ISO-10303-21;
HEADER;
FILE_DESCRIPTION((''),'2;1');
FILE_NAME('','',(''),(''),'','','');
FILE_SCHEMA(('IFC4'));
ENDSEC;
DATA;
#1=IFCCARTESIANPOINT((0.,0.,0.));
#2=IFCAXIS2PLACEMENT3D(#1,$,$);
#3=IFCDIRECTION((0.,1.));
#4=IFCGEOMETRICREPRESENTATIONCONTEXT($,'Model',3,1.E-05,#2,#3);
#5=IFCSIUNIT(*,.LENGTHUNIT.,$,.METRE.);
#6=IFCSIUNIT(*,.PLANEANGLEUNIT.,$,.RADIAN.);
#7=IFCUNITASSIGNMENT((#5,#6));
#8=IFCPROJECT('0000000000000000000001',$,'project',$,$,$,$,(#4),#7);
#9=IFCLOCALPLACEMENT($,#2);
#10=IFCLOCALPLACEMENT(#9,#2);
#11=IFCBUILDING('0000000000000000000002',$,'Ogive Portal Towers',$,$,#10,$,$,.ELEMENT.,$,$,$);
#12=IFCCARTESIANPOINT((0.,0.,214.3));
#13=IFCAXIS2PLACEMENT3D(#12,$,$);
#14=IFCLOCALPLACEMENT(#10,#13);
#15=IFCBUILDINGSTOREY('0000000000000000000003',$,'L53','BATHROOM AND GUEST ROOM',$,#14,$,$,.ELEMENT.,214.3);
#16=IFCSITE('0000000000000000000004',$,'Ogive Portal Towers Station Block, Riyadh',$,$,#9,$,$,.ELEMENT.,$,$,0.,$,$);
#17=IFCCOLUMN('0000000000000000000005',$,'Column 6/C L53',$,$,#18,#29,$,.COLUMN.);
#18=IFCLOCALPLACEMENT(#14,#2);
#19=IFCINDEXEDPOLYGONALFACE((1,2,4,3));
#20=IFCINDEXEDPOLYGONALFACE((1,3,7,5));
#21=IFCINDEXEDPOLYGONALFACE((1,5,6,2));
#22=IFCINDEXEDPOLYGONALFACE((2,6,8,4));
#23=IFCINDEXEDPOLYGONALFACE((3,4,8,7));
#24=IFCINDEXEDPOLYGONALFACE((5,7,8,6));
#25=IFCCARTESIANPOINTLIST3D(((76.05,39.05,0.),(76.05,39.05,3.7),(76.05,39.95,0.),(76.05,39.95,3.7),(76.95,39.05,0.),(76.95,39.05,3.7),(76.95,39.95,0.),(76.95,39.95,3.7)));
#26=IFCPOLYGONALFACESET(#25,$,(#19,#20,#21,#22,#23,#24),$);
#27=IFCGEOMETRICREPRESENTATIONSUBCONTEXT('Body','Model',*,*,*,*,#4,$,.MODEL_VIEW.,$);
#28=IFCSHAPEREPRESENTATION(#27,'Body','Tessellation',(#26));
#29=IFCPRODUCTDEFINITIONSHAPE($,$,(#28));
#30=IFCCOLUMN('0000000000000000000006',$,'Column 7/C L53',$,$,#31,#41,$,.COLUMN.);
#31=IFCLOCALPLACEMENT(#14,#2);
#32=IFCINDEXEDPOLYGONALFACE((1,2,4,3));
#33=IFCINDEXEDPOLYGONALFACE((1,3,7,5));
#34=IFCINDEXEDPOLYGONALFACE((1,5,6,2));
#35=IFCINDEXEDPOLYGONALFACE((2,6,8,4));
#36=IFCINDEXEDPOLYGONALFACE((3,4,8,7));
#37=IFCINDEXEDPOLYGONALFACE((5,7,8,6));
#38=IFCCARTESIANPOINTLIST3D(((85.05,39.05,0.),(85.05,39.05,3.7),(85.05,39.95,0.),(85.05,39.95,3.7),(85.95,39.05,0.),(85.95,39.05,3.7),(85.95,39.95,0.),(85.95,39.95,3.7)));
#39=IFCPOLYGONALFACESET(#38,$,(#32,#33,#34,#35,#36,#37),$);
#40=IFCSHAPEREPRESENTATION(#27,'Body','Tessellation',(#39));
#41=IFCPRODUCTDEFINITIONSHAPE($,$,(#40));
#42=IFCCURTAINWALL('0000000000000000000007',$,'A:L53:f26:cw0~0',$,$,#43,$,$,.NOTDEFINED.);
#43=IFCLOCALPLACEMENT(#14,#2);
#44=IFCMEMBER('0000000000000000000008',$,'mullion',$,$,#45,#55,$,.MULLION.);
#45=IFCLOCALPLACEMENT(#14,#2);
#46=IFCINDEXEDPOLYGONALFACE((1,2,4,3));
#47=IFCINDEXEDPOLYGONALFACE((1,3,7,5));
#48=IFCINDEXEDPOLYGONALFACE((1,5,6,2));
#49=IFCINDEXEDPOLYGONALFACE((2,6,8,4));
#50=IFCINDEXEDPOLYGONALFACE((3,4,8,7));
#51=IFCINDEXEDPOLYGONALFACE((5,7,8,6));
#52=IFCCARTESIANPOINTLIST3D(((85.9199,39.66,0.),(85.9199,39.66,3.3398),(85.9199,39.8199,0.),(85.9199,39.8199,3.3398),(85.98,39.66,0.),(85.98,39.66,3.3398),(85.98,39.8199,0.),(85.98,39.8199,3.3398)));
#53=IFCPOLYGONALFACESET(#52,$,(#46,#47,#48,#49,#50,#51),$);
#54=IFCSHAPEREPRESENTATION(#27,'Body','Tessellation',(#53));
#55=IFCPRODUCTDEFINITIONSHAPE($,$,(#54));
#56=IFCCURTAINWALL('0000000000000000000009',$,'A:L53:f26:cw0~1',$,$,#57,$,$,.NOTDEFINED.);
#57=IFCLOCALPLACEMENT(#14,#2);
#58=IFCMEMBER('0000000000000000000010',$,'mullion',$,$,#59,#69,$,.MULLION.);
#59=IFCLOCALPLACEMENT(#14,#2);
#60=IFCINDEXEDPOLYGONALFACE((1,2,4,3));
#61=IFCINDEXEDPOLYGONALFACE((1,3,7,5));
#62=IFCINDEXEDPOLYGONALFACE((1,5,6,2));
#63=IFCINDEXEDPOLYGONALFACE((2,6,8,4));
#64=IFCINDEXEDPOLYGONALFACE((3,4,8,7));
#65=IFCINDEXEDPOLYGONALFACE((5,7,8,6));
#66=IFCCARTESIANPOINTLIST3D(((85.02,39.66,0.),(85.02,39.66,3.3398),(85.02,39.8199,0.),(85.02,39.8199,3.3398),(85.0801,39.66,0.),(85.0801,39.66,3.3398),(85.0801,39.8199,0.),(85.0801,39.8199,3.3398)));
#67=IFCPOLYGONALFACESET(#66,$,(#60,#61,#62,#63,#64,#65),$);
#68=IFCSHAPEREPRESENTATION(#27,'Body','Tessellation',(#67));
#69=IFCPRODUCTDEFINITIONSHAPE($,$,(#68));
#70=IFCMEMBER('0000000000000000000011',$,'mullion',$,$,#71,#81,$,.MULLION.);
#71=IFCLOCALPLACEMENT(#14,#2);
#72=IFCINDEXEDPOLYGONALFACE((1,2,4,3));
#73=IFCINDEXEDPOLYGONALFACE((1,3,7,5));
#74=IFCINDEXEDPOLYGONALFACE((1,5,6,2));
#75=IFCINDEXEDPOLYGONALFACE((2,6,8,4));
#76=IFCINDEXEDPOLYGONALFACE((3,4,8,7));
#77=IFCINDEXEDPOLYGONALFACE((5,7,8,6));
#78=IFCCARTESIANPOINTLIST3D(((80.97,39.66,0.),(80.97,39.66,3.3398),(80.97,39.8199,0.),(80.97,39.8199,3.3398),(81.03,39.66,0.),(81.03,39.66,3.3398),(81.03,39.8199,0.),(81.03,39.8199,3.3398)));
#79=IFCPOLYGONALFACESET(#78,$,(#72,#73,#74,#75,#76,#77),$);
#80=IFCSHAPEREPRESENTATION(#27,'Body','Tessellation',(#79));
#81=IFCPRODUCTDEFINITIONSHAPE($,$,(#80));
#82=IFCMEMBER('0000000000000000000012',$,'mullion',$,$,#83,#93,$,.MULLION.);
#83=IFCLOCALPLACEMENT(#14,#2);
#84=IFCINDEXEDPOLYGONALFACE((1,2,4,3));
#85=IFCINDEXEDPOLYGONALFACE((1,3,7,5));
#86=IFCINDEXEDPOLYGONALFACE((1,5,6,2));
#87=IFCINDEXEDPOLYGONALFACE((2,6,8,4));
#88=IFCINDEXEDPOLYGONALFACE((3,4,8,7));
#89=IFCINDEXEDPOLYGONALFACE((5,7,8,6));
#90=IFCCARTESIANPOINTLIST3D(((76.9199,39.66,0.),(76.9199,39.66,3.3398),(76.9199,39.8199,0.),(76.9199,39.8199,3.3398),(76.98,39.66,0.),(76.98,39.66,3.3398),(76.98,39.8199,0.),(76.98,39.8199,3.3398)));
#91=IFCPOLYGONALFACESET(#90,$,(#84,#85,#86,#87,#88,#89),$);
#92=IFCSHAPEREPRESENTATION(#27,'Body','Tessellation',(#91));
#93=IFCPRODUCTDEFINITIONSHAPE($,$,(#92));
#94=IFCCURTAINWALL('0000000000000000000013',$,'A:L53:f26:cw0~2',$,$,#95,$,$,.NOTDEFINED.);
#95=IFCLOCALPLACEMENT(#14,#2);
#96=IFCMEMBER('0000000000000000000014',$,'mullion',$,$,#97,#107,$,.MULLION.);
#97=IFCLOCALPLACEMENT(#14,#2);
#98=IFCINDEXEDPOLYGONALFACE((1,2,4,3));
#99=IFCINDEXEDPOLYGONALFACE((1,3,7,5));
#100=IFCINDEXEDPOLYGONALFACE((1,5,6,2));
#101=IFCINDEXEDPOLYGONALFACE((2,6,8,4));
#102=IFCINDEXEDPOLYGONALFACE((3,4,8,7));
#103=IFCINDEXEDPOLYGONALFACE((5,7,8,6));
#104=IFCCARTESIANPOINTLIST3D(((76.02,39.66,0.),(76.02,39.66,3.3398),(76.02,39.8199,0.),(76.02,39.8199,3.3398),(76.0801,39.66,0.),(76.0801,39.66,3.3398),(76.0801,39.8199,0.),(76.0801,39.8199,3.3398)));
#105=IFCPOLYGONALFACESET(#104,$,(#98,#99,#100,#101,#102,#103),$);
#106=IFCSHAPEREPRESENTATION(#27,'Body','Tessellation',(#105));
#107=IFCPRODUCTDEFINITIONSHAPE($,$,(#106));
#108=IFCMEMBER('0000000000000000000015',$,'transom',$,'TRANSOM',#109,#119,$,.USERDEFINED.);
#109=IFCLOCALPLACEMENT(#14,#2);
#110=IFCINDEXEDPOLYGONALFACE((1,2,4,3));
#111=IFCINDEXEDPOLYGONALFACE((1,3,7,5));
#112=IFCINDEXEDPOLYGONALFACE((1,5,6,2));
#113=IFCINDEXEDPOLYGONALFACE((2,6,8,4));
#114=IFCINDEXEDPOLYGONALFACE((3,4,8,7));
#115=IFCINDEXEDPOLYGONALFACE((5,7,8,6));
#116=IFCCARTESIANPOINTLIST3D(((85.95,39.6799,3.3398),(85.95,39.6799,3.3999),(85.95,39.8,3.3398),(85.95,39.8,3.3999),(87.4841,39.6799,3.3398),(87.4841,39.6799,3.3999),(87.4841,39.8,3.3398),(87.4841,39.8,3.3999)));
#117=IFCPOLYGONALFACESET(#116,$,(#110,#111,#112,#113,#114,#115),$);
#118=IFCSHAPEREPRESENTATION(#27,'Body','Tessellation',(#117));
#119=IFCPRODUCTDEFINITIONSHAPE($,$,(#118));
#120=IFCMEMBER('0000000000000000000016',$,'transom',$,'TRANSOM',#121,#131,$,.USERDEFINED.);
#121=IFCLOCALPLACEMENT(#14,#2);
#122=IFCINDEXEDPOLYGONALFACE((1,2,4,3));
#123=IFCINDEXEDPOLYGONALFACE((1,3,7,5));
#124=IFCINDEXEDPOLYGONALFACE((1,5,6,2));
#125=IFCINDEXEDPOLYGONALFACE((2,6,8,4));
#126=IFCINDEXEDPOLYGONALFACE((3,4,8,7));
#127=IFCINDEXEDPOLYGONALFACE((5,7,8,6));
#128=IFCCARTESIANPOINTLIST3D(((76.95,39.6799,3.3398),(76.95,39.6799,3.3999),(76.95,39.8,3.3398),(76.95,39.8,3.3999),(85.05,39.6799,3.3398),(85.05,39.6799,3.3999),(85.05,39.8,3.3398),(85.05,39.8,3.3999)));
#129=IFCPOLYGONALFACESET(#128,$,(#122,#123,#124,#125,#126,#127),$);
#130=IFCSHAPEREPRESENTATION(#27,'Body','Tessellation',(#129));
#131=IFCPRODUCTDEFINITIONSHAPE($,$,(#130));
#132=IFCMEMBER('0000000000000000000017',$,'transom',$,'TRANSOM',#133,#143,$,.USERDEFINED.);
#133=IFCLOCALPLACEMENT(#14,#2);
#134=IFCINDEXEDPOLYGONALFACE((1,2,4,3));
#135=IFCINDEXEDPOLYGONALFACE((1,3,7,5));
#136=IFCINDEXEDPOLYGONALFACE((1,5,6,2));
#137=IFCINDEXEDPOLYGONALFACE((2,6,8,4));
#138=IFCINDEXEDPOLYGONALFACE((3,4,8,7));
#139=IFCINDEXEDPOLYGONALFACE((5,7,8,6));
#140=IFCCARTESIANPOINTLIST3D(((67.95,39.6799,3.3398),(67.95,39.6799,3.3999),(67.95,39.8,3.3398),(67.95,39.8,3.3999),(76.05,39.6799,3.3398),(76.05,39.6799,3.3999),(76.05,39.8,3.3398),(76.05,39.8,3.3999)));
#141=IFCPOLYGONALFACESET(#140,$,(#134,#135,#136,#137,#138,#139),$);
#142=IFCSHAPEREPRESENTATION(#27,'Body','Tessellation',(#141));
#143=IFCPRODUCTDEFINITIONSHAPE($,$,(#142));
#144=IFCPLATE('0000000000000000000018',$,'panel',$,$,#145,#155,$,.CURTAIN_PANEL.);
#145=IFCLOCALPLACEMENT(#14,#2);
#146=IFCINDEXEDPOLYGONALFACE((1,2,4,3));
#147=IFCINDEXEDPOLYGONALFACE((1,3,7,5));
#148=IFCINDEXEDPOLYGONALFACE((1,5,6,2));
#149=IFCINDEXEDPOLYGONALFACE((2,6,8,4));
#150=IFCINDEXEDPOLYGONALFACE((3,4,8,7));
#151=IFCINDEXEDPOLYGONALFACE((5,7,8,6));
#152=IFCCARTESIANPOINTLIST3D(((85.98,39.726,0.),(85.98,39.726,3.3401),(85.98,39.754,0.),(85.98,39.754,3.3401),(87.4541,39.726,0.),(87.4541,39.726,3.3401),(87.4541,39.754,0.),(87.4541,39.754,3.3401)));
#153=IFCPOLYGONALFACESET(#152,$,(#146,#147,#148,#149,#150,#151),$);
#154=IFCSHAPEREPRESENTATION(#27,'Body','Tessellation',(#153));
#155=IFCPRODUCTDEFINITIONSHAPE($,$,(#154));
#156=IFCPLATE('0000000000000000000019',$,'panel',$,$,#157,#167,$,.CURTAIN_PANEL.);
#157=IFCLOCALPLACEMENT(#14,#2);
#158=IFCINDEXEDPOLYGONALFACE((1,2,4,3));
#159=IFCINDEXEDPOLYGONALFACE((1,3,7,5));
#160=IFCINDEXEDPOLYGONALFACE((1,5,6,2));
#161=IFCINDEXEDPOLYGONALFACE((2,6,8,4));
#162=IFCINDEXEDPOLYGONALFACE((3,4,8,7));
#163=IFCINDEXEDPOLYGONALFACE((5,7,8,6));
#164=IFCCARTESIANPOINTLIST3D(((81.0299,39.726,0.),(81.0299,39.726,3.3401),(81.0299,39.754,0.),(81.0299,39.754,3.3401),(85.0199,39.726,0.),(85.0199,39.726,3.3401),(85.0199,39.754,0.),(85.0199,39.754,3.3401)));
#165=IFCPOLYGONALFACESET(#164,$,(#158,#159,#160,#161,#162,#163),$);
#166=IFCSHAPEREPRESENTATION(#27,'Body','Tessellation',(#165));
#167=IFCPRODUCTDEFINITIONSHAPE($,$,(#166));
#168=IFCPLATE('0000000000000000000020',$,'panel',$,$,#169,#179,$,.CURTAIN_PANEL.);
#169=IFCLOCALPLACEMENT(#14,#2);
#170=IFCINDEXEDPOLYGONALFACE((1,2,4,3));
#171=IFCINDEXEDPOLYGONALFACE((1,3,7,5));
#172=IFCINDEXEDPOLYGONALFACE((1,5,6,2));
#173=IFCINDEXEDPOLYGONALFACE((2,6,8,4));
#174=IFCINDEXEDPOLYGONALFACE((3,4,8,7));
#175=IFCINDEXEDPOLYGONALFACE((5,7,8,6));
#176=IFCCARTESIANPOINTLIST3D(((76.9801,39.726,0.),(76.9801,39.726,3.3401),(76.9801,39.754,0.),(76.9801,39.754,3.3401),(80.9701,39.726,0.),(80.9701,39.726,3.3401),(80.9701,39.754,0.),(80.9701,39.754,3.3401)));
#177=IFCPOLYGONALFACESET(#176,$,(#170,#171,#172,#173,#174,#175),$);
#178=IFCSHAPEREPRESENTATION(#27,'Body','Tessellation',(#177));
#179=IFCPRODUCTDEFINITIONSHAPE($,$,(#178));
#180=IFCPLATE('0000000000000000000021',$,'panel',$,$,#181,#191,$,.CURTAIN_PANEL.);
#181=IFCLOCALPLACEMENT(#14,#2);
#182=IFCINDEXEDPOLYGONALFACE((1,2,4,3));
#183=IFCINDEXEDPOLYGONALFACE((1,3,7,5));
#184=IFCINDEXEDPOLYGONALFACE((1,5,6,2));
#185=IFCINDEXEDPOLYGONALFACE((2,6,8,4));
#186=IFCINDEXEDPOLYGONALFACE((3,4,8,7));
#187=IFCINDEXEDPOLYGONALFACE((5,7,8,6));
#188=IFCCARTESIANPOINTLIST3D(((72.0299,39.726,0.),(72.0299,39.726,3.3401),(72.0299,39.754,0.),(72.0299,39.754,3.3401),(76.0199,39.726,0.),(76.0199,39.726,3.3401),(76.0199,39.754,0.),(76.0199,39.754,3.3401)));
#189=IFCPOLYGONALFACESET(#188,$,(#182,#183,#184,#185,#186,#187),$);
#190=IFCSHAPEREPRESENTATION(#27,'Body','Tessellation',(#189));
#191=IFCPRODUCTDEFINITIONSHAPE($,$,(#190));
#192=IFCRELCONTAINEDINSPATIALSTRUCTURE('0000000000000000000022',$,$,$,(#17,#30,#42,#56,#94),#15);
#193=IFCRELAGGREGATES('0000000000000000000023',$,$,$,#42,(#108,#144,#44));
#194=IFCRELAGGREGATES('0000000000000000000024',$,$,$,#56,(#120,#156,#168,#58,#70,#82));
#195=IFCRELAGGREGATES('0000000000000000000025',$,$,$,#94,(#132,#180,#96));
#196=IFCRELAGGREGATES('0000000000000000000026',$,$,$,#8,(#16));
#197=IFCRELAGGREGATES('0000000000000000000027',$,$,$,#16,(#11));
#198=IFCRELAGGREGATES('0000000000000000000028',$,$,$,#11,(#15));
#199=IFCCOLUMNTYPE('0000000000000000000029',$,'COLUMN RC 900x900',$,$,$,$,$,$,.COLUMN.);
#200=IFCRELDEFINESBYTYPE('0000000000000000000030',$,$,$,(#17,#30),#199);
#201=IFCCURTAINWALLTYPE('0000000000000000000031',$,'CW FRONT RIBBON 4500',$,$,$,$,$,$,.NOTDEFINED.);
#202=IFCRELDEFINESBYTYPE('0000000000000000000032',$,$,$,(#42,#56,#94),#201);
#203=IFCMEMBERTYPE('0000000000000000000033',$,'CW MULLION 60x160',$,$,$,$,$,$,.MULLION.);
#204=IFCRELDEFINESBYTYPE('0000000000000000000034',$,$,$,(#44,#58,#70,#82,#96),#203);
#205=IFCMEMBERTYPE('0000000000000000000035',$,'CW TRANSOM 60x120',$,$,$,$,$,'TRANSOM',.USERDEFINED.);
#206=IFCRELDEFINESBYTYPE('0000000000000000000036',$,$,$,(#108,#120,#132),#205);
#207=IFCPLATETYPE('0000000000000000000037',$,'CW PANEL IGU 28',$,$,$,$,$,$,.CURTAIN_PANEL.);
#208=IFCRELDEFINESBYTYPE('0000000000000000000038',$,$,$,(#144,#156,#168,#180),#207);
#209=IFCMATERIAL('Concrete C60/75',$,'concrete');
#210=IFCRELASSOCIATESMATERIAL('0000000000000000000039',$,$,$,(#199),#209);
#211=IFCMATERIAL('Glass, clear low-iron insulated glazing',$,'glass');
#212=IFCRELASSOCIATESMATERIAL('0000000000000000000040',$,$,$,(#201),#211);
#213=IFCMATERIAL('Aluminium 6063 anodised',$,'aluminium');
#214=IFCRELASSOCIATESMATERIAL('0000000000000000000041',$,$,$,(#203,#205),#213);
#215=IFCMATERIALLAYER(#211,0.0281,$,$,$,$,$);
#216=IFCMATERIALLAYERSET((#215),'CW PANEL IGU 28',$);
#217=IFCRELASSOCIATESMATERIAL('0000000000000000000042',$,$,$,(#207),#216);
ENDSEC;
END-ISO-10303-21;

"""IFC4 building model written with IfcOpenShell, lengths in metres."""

from ifc_helpers import new_model, si_unit, direction, frame, origin, origin_2d, place, context, subcontext, project, spatial, rectangle, extrude, material, layer, layer_set, material_profile, profile_set, type_object, element, aggregate, save


model = new_model("IFC4")

# Units and contexts
model_context = context("Model", 3, precision=1e-05, world=origin(), true_north=direction((0.0, 1.0)))
body_context = subcontext(model_context, "Body", "Model", "MODEL_VIEW")
ifc_project = project(units=[si_unit("LENGTHUNIT", "METRE"), si_unit("PLANEANGLEUNIT", "RADIAN")], contexts=[model_context])

# Site, building, storey
site_placement = place(None, origin())
site = spatial("IfcSite", under=ifc_project, at=site_placement, Name="Ogive Portal Towers Station Block, Riyadh", CompositionType="ELEMENT", RefElevation=0.0)
building_placement = place(site_placement, origin())
building = spatial("IfcBuilding", under=site, at=building_placement, Name="Ogive Portal Towers", CompositionType="ELEMENT")
storey_placement = place(building_placement, frame((0.0, 0.0, 214.3)))
storey = spatial("IfcBuildingStorey", under=building, at=storey_placement, Name="L53", Description="BATHROOM AND GUEST ROOM", CompositionType="ELEMENT", Elevation=214.3)

# Columns
ifc_material_1 = material(Name="Concrete C60/75", Category="concrete")
ifc_material_profile_1 = material_profile(ifc_material_1, rectangle(XDim=0.8999, YDim=0.8999, at=origin_2d()), Name="RC 900x900")
ifc_profile_set_1 = profile_set([ifc_material_profile_1], Name="Concrete C60/75")
column_type = type_object("IfcColumnType", Name="COLUMN RC 900x900", PredefinedType="COLUMN", material=ifc_profile_set_1)
for number, where, z_axis, x_axis, name in (
    (1, (76.5, 39.5, 0.0), (0.0, 0.0, 1.0), (1.0, 0.0, 0.0), "Column 6/C L53"),
    (2, (85.5, 39.5, 0.0), (0.0, 0.0, 1.0), (1.0, 0.0, 0.0), "Column 7/C L53"),
):
    element("IfcColumn", number, at=place(storey_placement, frame(where, z_axis=z_axis, x_axis=x_axis)), inside=storey, type_object=column_type, Name=name, PredefinedType="COLUMN", context=body_context, shape_type="SweptSolid", body=[
        extrude(rectangle(XDim=0.8999, YDim=0.8999, at=origin_2d()), origin(), (0.0, 0.0, 1.0), 3.7),
    ])

# Curtain wall, member
ifc_material_2 = material(Name="Glass, clear low-iron insulated glazing", Category="glass")
curtain_wall_type = type_object("IfcCurtainWallType", Name="CW FRONT RIBBON 4500", PredefinedType="NOTDEFINED", material=ifc_material_2)
curtain_wall_1_placement = place(storey_placement, origin())
curtain_wall_1 = element("IfcCurtainWall", 3, at=curtain_wall_1_placement, inside=storey, type_object=curtain_wall_type, Name="A:L53:f26:cw0~0", PredefinedType="NOTDEFINED")
ifc_material_3 = material(Name="Aluminium 6063 anodised", Category="aluminium")
ifc_material_profile_2 = material_profile(ifc_material_3, rectangle(XDim=0.1599, YDim=0.0601, at=origin_2d()), Name="AL 60x160")
ifc_profile_set_2 = profile_set([ifc_material_profile_2], Name="Aluminium 6063 anodised")
member_type_1 = type_object("IfcMemberType", Name="CW MULLION 60x160", PredefinedType="MULLION", material=ifc_profile_set_2)
member_1_placement = place(storey_placement, frame((85.95, 39.74, 0.0), z_axis=(0.0, 0.0, 1.0), x_axis=(0.0, -1.0, 0.0)))
member_1 = element("IfcMember", 4, at=member_1_placement, type_object=member_type_1, Name="mullion", PredefinedType="MULLION", context=body_context, shape_type="SweptSolid", body=[
    extrude(rectangle(XDim=0.1599, YDim=0.0601, at=origin_2d()), origin(), (0.0, 0.0, 1.0), 3.3398),
])

# Curtain wall, members
curtain_wall_2_placement = place(storey_placement, origin())
curtain_wall_2 = element("IfcCurtainWall", 5, at=curtain_wall_2_placement, inside=storey, type_object=curtain_wall_type, Name="A:L53:f26:cw0~1", PredefinedType="NOTDEFINED")
member_2_placement = place(storey_placement, frame((85.05, 39.74, 0.0), z_axis=(0.0, 0.0, 1.0), x_axis=(0.0, -1.0, 0.0)))
member_2 = element("IfcMember", 6, at=member_2_placement, type_object=member_type_1, Name="mullion", PredefinedType="MULLION", context=body_context, shape_type="SweptSolid", body=[
    extrude(rectangle(XDim=0.1599, YDim=0.0601, at=origin_2d()), origin(), (0.0, 0.0, 1.0), 3.3398),
])
member_3_placement = place(storey_placement, frame((81.0, 39.74, 0.0), z_axis=(0.0, 0.0, 1.0), x_axis=(0.0, -1.0, 0.0)))
member_3 = element("IfcMember", 7, at=member_3_placement, type_object=member_type_1, Name="mullion", PredefinedType="MULLION", context=body_context, shape_type="SweptSolid", body=[
    extrude(rectangle(XDim=0.1599, YDim=0.0601, at=origin_2d()), origin(), (0.0, 0.0, 1.0), 3.3398),
])
member_4_placement = place(storey_placement, frame((76.95, 39.74, 0.0), z_axis=(0.0, 0.0, 1.0), x_axis=(0.0, -1.0, 0.0)))
member_4 = element("IfcMember", 8, at=member_4_placement, type_object=member_type_1, Name="mullion", PredefinedType="MULLION", context=body_context, shape_type="SweptSolid", body=[
    extrude(rectangle(XDim=0.1599, YDim=0.0601, at=origin_2d()), origin(), (0.0, 0.0, 1.0), 3.3398),
])

# Curtain wall, member
curtain_wall_3_placement = place(storey_placement, origin())
curtain_wall_3 = element("IfcCurtainWall", 9, at=curtain_wall_3_placement, inside=storey, type_object=curtain_wall_type, Name="A:L53:f26:cw0~2", PredefinedType="NOTDEFINED")
member_5_placement = place(storey_placement, frame((76.05, 39.74, 0.0), z_axis=(0.0, 0.0, 1.0), x_axis=(0.0, -1.0, 0.0)))
member_5 = element("IfcMember", 10, at=member_5_placement, type_object=member_type_1, Name="mullion", PredefinedType="MULLION", context=body_context, shape_type="SweptSolid", body=[
    extrude(rectangle(XDim=0.1599, YDim=0.0601, at=origin_2d()), origin(), (0.0, 0.0, 1.0), 3.3398),
])

# Members
ifc_material_profile_3 = material_profile(ifc_material_3, rectangle(XDim=0.1201, YDim=0.0601, at=origin_2d()), Name="AL 120x60")
ifc_profile_set_3 = profile_set([ifc_material_profile_3], Name="Aluminium 6063 anodised")
member_type_2 = type_object("IfcMemberType", Name="CW TRANSOM 60x120", ElementType="TRANSOM", PredefinedType="USERDEFINED", material=ifc_profile_set_3)
member_6_placement = place(storey_placement, frame((87.4841, 39.74, 3.3699), z_axis=(-1.0, 0.0, 0.0), x_axis=(0.0, -1.0, 0.0)))
member_6 = element("IfcMember", 11, at=member_6_placement, type_object=member_type_2, Name="transom", ObjectType="TRANSOM", PredefinedType="USERDEFINED", context=body_context, shape_type="SweptSolid", body=[
    extrude(rectangle(XDim=0.1201, YDim=0.0601, at=origin_2d()), origin(), (0.0, 0.0, 1.0), 1.5342),
])
member_7_placement = place(storey_placement, frame((85.05, 39.74, 3.3699), z_axis=(-1.0, 0.0, 0.0), x_axis=(0.0, -1.0, 0.0)))
member_7 = element("IfcMember", 12, at=member_7_placement, type_object=member_type_2, Name="transom", ObjectType="TRANSOM", PredefinedType="USERDEFINED", context=body_context, shape_type="SweptSolid", body=[
    extrude(rectangle(XDim=0.1201, YDim=0.0601, at=origin_2d()), origin(), (0.0, 0.0, 1.0), 8.1001),
])
member_8_placement = place(storey_placement, frame((76.05, 39.74, 3.3699), z_axis=(-1.0, 0.0, 0.0), x_axis=(0.0, -1.0, 0.0)))
member_8 = element("IfcMember", 13, at=member_8_placement, type_object=member_type_2, Name="transom", ObjectType="TRANSOM", PredefinedType="USERDEFINED", context=body_context, shape_type="SweptSolid", body=[
    extrude(rectangle(XDim=0.1201, YDim=0.0601, at=origin_2d()), origin(), (0.0, 0.0, 1.0), 8.1001),
])

# Plates
ifc_layer_1 = layer(ifc_material_2, 0.0281)
ifc_layer_set_1 = layer_set([ifc_layer_1], Name="CW PANEL IGU 28")
plate_type = type_object("IfcPlateType", Name="CW PANEL IGU 28", PredefinedType="CURTAIN_PANEL", material=ifc_layer_set_1)
plate_1_placement = place(storey_placement, frame((86.717, 39.74, 0.0), z_axis=(0.0, 0.0, 1.0), x_axis=(-1.0, 0.0, 0.0)))
plate_1 = element("IfcPlate", 14, at=plate_1_placement, type_object=plate_type, Name="panel", PredefinedType="CURTAIN_PANEL", context=body_context, shape_type="SweptSolid", body=[
    extrude(rectangle(XDim=1.4741, YDim=0.0281, at=origin_2d()), origin(), (0.0, 0.0, 1.0), 3.3401),
])
aggregate(curtain_wall_1, [member_6, plate_1, member_1])
plate_2_placement = place(storey_placement, frame((83.0249, 39.74, 0.0), z_axis=(0.0, 0.0, 1.0), x_axis=(-1.0, 0.0, 0.0)))
plate_2 = element("IfcPlate", 15, at=plate_2_placement, type_object=plate_type, Name="panel", PredefinedType="CURTAIN_PANEL", context=body_context, shape_type="SweptSolid", body=[
    extrude(rectangle(XDim=3.99, YDim=0.0281, at=origin_2d()), origin(), (0.0, 0.0, 1.0), 3.3401),
])
plate_3_placement = place(storey_placement, frame((78.9751, 39.74, 0.0), z_axis=(0.0, 0.0, 1.0), x_axis=(-1.0, 0.0, 0.0)))
plate_3 = element("IfcPlate", 16, at=plate_3_placement, type_object=plate_type, Name="panel", PredefinedType="CURTAIN_PANEL", context=body_context, shape_type="SweptSolid", body=[
    extrude(rectangle(XDim=3.99, YDim=0.0281, at=origin_2d()), origin(), (0.0, 0.0, 1.0), 3.3401),
])
aggregate(curtain_wall_2, [member_7, plate_2, plate_3, member_2, member_3, member_4])
plate_4_placement = place(storey_placement, frame((74.0249, 39.74, 0.0), z_axis=(0.0, 0.0, 1.0), x_axis=(-1.0, 0.0, 0.0)))
plate_4 = element("IfcPlate", 17, at=plate_4_placement, type_object=plate_type, Name="panel", PredefinedType="CURTAIN_PANEL", context=body_context, shape_type="SweptSolid", body=[
    extrude(rectangle(XDim=3.99, YDim=0.0281, at=origin_2d()), origin(), (0.0, 0.0, 1.0), 3.3401),
])
aggregate(curtain_wall_3, [member_8, plate_4, member_5])

save(model, "model.ifc")
